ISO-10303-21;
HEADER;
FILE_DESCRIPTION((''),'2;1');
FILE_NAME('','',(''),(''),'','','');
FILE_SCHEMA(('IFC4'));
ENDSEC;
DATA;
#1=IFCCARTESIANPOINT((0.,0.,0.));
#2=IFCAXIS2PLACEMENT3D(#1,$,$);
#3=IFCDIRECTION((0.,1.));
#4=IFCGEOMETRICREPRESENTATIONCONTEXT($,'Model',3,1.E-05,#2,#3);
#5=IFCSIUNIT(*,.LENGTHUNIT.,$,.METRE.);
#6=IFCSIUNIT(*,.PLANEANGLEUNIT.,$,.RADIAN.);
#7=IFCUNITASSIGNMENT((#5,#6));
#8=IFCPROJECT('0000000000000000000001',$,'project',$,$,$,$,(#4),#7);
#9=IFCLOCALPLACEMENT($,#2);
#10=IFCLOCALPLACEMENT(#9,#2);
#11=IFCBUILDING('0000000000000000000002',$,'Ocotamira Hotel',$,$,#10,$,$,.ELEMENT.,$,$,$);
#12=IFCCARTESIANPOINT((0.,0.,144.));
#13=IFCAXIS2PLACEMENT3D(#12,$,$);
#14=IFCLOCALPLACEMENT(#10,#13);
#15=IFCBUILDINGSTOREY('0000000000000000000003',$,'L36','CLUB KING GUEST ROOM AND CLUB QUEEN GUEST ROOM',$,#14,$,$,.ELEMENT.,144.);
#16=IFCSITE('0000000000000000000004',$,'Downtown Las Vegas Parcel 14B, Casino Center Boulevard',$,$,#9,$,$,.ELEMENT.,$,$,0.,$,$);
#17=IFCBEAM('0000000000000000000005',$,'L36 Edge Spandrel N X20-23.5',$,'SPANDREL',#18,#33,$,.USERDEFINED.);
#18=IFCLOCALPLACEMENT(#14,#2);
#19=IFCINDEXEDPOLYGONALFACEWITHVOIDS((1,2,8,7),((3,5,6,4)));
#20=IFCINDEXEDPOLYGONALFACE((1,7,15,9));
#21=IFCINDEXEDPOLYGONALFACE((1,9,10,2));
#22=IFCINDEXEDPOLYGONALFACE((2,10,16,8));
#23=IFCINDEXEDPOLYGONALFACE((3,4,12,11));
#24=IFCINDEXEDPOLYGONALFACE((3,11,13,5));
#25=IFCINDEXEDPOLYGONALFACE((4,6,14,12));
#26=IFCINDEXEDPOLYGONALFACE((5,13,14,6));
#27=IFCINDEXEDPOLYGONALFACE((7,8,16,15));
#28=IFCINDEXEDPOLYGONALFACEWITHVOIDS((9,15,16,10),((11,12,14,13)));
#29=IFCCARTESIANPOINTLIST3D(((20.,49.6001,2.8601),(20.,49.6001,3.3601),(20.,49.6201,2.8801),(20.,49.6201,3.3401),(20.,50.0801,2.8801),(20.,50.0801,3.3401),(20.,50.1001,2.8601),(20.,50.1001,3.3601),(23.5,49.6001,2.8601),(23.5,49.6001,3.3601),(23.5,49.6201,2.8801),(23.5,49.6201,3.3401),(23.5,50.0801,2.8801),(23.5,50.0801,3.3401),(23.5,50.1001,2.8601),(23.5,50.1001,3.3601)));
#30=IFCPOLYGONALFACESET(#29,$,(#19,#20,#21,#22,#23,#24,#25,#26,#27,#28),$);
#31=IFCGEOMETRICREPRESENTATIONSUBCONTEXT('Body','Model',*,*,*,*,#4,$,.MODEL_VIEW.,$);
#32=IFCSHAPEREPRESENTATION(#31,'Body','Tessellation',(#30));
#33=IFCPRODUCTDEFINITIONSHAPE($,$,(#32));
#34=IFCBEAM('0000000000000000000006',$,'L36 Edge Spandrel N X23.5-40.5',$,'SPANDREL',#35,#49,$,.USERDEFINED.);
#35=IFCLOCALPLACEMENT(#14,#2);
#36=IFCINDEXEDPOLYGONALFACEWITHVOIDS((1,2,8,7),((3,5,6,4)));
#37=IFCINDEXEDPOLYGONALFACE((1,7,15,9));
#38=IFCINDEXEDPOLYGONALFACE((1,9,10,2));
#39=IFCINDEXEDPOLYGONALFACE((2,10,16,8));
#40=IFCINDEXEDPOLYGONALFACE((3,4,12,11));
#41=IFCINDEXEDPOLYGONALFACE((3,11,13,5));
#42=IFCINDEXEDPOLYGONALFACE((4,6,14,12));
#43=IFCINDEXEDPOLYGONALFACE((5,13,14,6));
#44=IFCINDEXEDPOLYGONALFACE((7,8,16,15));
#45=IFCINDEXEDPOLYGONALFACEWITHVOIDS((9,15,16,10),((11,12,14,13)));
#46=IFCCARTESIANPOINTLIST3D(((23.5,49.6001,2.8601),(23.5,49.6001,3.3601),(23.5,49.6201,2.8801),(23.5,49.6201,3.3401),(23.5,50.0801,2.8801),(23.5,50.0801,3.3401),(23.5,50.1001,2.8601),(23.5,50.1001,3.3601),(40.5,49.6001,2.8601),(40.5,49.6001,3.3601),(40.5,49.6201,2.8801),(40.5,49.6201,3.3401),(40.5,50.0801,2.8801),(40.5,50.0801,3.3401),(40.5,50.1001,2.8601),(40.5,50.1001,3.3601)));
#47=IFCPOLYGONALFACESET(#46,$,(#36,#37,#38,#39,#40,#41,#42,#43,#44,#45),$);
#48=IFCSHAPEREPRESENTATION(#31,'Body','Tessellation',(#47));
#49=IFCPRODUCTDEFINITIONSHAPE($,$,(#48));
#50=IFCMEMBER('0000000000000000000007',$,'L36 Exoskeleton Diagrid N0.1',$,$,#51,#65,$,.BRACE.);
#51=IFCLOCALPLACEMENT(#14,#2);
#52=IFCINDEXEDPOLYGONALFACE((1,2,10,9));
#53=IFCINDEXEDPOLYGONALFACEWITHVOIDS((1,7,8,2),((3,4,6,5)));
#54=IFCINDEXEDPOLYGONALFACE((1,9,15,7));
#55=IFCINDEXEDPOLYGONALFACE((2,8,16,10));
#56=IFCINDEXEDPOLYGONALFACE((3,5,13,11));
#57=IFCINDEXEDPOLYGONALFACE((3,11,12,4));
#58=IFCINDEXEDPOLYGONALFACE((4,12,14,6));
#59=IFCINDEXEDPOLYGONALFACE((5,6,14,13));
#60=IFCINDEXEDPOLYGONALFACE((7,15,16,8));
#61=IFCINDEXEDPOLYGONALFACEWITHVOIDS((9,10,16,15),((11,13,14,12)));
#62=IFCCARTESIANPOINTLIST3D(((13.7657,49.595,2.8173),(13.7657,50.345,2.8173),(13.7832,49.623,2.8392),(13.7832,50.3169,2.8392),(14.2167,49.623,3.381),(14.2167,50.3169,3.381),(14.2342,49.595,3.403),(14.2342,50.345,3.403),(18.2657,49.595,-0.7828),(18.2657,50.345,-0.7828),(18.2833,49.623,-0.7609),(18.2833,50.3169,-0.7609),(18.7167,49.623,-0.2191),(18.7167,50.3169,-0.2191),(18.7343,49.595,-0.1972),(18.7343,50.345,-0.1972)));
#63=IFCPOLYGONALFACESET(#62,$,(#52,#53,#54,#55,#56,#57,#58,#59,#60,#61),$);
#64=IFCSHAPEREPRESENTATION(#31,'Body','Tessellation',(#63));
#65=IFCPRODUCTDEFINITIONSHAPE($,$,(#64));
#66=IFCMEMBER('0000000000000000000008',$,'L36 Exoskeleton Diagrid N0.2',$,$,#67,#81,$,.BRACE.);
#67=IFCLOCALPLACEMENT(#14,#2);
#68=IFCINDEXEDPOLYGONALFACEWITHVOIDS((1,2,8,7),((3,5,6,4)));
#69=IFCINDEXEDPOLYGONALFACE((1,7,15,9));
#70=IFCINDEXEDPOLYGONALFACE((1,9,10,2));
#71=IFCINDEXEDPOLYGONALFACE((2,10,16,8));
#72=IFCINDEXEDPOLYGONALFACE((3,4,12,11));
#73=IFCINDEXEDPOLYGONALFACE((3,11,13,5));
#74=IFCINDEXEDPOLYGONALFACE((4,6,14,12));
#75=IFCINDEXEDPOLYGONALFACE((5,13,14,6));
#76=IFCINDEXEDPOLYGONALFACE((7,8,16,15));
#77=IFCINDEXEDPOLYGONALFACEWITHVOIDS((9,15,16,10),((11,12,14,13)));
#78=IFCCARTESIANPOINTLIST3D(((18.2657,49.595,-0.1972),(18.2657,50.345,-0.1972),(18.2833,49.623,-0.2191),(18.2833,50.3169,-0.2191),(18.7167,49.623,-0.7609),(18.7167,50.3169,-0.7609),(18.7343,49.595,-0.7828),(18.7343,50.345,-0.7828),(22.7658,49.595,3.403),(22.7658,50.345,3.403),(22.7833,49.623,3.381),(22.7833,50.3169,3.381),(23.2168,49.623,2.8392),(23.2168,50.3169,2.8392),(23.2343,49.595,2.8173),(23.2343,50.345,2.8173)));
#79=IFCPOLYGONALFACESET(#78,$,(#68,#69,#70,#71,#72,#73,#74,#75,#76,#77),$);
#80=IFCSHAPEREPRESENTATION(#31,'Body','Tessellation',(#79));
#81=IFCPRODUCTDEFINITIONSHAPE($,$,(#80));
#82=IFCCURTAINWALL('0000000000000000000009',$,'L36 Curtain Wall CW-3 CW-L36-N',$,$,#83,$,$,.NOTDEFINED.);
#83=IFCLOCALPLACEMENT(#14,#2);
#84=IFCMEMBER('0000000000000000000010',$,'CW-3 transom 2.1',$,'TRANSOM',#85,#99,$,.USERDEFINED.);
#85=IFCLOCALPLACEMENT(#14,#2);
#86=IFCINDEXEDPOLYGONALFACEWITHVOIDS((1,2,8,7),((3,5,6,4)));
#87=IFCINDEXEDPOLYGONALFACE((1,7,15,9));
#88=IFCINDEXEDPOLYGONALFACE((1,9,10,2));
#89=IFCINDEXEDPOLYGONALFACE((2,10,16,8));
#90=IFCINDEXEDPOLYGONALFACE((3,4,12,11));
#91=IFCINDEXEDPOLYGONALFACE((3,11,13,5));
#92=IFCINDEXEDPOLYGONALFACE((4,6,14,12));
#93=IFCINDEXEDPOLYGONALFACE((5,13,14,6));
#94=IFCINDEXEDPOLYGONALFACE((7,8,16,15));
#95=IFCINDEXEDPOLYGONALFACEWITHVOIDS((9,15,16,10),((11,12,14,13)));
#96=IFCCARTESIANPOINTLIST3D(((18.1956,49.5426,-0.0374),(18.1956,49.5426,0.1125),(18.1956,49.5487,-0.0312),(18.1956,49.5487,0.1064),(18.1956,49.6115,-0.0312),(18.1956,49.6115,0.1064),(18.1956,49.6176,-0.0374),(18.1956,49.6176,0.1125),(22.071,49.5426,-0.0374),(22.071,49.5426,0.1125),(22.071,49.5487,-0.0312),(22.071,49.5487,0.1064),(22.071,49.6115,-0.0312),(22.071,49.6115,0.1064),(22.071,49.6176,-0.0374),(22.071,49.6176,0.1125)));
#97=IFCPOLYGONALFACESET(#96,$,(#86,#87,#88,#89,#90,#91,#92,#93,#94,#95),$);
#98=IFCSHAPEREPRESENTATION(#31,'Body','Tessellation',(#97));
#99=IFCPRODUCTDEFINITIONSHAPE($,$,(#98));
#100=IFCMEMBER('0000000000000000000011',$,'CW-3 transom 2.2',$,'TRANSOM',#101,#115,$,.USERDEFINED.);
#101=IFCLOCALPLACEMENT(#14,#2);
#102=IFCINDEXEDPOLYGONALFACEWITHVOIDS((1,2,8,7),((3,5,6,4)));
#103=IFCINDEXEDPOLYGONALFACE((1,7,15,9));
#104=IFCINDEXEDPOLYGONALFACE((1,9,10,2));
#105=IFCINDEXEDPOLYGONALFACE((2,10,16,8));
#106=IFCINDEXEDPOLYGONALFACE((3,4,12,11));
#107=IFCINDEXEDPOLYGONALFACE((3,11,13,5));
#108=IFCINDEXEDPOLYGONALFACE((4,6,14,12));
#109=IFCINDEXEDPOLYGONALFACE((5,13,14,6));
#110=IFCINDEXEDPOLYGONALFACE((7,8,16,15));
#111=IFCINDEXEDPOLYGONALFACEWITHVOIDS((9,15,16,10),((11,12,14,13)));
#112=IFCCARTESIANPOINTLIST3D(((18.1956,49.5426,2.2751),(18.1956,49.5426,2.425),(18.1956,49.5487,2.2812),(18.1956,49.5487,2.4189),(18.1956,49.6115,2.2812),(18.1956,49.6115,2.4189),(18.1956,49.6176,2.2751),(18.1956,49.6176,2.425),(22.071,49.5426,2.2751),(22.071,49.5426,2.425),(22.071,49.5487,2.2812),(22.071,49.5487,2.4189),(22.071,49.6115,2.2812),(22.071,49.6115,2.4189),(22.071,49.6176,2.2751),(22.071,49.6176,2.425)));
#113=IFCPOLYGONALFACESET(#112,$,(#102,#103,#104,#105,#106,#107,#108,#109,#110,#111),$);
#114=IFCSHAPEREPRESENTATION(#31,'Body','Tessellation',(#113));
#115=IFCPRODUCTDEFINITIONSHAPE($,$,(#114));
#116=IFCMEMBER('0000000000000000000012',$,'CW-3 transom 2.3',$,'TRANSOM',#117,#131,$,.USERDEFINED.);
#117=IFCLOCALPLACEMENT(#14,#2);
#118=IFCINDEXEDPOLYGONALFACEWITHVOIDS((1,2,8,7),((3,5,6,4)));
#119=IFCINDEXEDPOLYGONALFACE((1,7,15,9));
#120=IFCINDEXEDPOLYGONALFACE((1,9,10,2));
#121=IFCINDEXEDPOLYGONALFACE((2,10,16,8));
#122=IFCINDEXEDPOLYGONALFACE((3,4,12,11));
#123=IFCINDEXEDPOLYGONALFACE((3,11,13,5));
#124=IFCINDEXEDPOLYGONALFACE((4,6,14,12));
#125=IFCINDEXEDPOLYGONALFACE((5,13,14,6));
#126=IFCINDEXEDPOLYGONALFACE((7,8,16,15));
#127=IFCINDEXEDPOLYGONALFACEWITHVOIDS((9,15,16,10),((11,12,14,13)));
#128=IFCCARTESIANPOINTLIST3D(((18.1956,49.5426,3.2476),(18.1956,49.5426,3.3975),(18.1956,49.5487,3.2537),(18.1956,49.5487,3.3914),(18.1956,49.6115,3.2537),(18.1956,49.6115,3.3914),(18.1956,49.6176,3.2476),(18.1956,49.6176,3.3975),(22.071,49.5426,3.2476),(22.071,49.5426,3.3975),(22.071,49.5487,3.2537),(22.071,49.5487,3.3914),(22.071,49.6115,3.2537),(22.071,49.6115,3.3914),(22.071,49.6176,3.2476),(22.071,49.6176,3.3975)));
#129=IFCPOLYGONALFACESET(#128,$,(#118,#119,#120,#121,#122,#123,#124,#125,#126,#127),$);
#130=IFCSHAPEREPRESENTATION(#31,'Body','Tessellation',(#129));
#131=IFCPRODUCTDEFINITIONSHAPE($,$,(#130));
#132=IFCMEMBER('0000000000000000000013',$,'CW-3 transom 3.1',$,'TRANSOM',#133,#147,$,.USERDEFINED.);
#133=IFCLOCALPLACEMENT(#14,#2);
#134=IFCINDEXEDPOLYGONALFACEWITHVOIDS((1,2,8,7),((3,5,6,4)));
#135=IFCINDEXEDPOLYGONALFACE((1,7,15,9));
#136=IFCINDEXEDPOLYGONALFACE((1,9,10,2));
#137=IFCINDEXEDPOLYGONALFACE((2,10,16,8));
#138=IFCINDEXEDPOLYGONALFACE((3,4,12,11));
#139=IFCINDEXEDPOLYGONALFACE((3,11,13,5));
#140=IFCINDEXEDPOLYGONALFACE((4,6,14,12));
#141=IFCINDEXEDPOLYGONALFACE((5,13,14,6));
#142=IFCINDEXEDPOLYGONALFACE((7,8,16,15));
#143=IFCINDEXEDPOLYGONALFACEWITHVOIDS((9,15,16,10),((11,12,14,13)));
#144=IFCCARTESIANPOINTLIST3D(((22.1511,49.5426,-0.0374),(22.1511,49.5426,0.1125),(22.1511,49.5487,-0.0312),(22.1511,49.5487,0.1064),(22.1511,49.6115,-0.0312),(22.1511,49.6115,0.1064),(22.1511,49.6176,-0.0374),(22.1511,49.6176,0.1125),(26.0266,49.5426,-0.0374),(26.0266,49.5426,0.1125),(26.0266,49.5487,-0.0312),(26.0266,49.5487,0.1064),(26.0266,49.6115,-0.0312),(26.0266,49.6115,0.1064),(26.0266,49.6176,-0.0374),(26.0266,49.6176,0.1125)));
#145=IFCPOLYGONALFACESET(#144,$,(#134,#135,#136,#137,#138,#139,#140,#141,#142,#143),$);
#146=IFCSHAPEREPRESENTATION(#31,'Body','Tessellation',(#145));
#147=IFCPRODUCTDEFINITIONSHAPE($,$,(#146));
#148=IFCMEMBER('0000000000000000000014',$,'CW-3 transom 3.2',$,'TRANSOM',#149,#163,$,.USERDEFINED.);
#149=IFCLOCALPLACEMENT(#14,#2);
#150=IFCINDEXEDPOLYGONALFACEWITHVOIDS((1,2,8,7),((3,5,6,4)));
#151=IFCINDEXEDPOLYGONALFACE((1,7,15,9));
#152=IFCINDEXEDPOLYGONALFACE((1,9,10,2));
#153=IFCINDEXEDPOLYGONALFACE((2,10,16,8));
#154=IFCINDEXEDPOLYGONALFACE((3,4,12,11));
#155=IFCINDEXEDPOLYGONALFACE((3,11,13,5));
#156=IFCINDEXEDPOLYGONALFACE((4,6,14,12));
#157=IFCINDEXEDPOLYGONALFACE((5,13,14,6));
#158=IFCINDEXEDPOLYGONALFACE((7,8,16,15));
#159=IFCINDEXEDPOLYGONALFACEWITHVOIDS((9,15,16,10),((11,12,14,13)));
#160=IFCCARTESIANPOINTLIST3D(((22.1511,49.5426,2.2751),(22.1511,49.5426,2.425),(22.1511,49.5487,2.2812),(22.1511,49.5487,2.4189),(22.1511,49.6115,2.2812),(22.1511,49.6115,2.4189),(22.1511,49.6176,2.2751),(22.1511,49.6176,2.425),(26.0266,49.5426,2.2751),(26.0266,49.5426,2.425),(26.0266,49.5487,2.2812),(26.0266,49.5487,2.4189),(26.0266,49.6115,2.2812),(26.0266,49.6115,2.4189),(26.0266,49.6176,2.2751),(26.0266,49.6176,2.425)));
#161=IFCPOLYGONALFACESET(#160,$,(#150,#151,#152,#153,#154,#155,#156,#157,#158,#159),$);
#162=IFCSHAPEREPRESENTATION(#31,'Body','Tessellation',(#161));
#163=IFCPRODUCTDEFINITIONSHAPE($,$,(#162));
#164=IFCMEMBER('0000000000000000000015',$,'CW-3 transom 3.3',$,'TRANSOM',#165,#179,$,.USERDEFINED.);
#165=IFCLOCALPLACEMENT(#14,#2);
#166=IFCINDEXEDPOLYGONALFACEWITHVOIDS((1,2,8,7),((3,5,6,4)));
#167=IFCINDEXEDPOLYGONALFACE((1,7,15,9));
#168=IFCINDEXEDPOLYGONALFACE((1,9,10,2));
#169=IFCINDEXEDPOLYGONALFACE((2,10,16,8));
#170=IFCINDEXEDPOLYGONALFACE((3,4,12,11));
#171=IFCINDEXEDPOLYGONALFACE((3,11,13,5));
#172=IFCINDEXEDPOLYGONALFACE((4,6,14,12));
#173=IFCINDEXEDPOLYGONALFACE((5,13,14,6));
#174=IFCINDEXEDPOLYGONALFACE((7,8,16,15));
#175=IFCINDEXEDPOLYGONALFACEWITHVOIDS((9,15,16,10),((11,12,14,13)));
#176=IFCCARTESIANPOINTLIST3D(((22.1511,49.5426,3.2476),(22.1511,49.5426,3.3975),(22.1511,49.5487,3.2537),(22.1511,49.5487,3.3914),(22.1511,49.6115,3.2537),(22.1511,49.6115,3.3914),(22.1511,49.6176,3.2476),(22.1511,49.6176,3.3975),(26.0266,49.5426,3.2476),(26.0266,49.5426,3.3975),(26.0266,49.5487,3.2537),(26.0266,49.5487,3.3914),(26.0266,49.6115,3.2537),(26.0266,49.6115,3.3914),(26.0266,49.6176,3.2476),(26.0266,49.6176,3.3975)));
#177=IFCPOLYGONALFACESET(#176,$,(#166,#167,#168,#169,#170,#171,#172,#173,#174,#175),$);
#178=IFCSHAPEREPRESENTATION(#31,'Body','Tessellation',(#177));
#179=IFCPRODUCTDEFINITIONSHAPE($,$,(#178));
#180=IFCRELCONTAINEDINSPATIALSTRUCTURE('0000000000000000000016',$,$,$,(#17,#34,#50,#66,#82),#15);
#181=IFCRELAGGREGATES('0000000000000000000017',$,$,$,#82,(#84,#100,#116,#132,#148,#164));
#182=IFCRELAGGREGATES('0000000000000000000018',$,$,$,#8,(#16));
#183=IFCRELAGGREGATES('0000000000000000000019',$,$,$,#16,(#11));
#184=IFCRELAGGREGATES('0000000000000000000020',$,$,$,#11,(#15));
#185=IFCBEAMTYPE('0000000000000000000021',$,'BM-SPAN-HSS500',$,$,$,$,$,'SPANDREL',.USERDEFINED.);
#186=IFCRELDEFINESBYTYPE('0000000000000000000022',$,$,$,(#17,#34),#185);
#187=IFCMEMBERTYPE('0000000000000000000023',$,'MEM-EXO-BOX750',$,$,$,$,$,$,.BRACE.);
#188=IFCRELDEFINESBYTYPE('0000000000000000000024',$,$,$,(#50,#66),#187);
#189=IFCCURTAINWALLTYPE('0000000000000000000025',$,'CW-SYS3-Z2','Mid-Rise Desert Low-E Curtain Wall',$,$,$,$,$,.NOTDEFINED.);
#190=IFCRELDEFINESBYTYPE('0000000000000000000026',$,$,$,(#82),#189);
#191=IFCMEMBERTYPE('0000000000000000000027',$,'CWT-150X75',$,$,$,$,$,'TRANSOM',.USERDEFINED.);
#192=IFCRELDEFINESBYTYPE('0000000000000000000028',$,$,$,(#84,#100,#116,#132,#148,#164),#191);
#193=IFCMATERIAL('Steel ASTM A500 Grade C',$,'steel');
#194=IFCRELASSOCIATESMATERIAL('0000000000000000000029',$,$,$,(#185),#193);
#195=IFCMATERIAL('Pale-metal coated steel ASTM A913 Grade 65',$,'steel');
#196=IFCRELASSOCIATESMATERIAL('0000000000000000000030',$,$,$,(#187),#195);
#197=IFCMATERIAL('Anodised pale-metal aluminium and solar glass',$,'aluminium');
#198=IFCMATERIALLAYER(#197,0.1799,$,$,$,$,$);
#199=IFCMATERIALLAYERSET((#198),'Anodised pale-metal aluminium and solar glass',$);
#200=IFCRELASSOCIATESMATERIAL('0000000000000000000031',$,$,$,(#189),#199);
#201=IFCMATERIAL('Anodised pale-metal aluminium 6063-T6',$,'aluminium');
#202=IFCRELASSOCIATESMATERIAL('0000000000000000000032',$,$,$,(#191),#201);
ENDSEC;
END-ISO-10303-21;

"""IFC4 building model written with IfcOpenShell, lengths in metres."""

from ifc_helpers import new_model, si_unit, direction, frame, origin, origin_2d, place, context, subcontext, project, spatial, hollow_rectangle, extrude, source, transform, mapped, material, layer, layer_set, material_profile, profile_set, type_object, element, aggregate, save


model = new_model("IFC4")

# Units and contexts
model_context = context("Model", 3, precision=1e-05, world=origin(), true_north=direction((0.0, 1.0)))
body_context = subcontext(model_context, "Body", "Model", "MODEL_VIEW")
ifc_project = project(units=[si_unit("LENGTHUNIT", "METRE"), si_unit("PLANEANGLEUNIT", "RADIAN")], contexts=[model_context])

# Site, building, storey
site_placement = place(None, origin())
site = spatial("IfcSite", under=ifc_project, at=site_placement, Name="Downtown Las Vegas Parcel 14B, Casino Center Boulevard", CompositionType="ELEMENT", RefElevation=0.0)
building_placement = place(site_placement, origin())
building = spatial("IfcBuilding", under=site, at=building_placement, Name="Ocotamira Hotel", CompositionType="ELEMENT")
storey_placement = place(building_placement, frame((0.0, 0.0, 144.0)))
storey = spatial("IfcBuildingStorey", under=building, at=storey_placement, Name="L36", Description="CLUB KING GUEST ROOM AND CLUB QUEEN GUEST ROOM", CompositionType="ELEMENT", Elevation=144.0)

# Beams
ifc_material_1 = material(Name="Steel ASTM A500 Grade C", Category="steel")
ifc_material_profile_1 = material_profile(ifc_material_1, hollow_rectangle(XDim=0.5, YDim=0.5, WallThickness=0.02, at=origin_2d()), Name="HSS500X500X20")
ifc_profile_set_1 = profile_set([ifc_material_profile_1], Name="Steel ASTM A500 Grade C")
beam_type_1 = type_object("IfcBeamType", Name="BM-SPAN-HSS500", ElementType="SPANDREL", PredefinedType="USERDEFINED", material=ifc_profile_set_1)
shared_shape_1 = source(origin(), body_context, "Body", "SweptSolid", [
    extrude(hollow_rectangle(XDim=0.5, YDim=0.5, WallThickness=0.02, at=origin_2d()), origin(), (0.0, 0.0, 1.0), 3.5),
])
beam_1_placement = place(storey_placement, frame((20.0, 49.8501, 3.1101), z_axis=(1.0, 0.0, 0.0), x_axis=(0.0, 1.0, 0.0)))
element("IfcBeam", 1, at=beam_1_placement, inside=storey, type_object=beam_type_1, Name="L36 Edge Spandrel N X20-23.5", ObjectType="SPANDREL", PredefinedType="USERDEFINED", context=body_context, shape_type="MappedRepresentation", body=[
    mapped(shared_shape_1, transform((0.0, 0.0, 0.0), scale=1.0)),
])
shared_shape_2 = source(origin(), body_context, "Body", "SweptSolid", [
    extrude(hollow_rectangle(XDim=0.5, YDim=0.5, WallThickness=0.02, at=origin_2d()), origin(), (0.0, 0.0, 1.0), 17.0),
])
beam_2_placement = place(storey_placement, frame((23.5, 49.8501, 3.1101), z_axis=(1.0, 0.0, 0.0), x_axis=(0.0, 1.0, 0.0)))
element("IfcBeam", 2, at=beam_2_placement, inside=storey, type_object=beam_type_1, Name="L36 Edge Spandrel N X23.5-40.5", ObjectType="SPANDREL", PredefinedType="USERDEFINED", context=body_context, shape_type="MappedRepresentation", body=[
    mapped(shared_shape_2, transform((0.0, 0.0, 0.0), scale=1.0)),
])

# Members
ifc_material_2 = material(Name="Pale-metal coated steel ASTM A913 Grade 65", Category="steel")
ifc_material_profile_2 = material_profile(ifc_material_2, hollow_rectangle(XDim=0.75, YDim=0.75, WallThickness=0.0281, at=origin_2d()), Name="BOX750X750X28")
ifc_profile_set_2 = profile_set([ifc_material_profile_2], Name="Pale-metal coated steel ASTM A913 Grade 65")
member_type_1 = type_object("IfcMemberType", Name="MEM-EXO-BOX750", PredefinedType="BRACE", material=ifc_profile_set_2)
shared_shape_3 = source(origin(), body_context, "Body", "SweptSolid", [
    extrude(hollow_rectangle(XDim=0.75, YDim=0.75, WallThickness=0.0281, at=origin_2d()), origin(), (0.0, 0.0, 1.0), 5.7629),
])
for number, where, z_axis, x_axis, name in (
    (3, (18.5, 49.97, -0.49), (-0.780861, 0.0, 0.624705), (0.0, -1.0, 0.0), "L36 Exoskeleton Diagrid N0.1"),
    (4, (18.5, 49.97, -0.49), (0.780861, 0.0, 0.624705), (0.0, 1.0, 0.0), "L36 Exoskeleton Diagrid N0.2"),
):
    element("IfcMember", number, at=place(storey_placement, frame(where, z_axis=z_axis, x_axis=x_axis)), inside=storey, type_object=member_type_1, Name=name, PredefinedType="BRACE", context=body_context, shape_type="MappedRepresentation", body=[
        mapped(shared_shape_3, transform((0.0, 0.0, 0.0), scale=1.0)),
    ])

# Curtain wall, members
ifc_material_3 = material(Name="Anodised pale-metal aluminium and solar glass", Category="aluminium")
ifc_layer_1 = layer(ifc_material_3, 0.1799)
ifc_layer_set_1 = layer_set([ifc_layer_1], Name="Anodised pale-metal aluminium and solar glass")
curtain_wall_type = type_object("IfcCurtainWallType", Name="CW-SYS3-Z2", Description="Mid-Rise Desert Low-E Curtain Wall", PredefinedType="NOTDEFINED", material=ifc_layer_set_1)
curtain_wall_placement = place(storey_placement, origin())
curtain_wall = element("IfcCurtainWall", 5, at=curtain_wall_placement, inside=storey, type_object=curtain_wall_type, Name="L36 Curtain Wall CW-3 CW-L36-N", PredefinedType="NOTDEFINED")
ifc_material_4 = material(Name="Anodised pale-metal aluminium 6063-T6", Category="aluminium")
ifc_material_profile_3 = material_profile(ifc_material_4, hollow_rectangle(XDim=0.075, YDim=0.1499, WallThickness=0.0061, at=origin_2d()), Name="HSS150X75X6")
ifc_profile_set_3 = profile_set([ifc_material_profile_3], Name="Anodised pale-metal aluminium 6063-T6")
member_type_2 = type_object("IfcMemberType", Name="CWT-150X75", ElementType="TRANSOM", PredefinedType="USERDEFINED", material=ifc_profile_set_3)
shared_shape_4 = source(origin(), body_context, "Body", "SweptSolid", [
    extrude(hollow_rectangle(XDim=0.075, YDim=0.1499, WallThickness=0.0061, at=origin_2d()), origin(), (0.0, 0.0, 1.0), 3.8755),
])
member_1_placement = place(storey_placement, frame((18.1956, 49.5801, 0.0376), z_axis=(1.0, 0.0, 0.0), x_axis=(0.0, 1.0, 0.0)))
member_1 = element("IfcMember", 6, at=member_1_placement, type_object=member_type_2, Name="CW-3 transom 2.1", ObjectType="TRANSOM", PredefinedType="USERDEFINED", context=body_context, shape_type="MappedRepresentation", body=[
    mapped(shared_shape_4, transform((0.0, 0.0, 0.0), scale=1.0)),
])
member_2_placement = place(storey_placement, frame((18.1956, 49.5801, 2.3501), z_axis=(1.0, 0.0, 0.0), x_axis=(0.0, 1.0, 0.0)))
member_2 = element("IfcMember", 7, at=member_2_placement, type_object=member_type_2, Name="CW-3 transom 2.2", ObjectType="TRANSOM", PredefinedType="USERDEFINED", context=body_context, shape_type="MappedRepresentation", body=[
    mapped(shared_shape_4, transform((0.0, 0.0, 0.0), scale=1.0)),
])
member_3_placement = place(storey_placement, frame((18.1956, 49.5801, 3.3225), z_axis=(1.0, 0.0, 0.0), x_axis=(0.0, 1.0, 0.0)))
member_3 = element("IfcMember", 8, at=member_3_placement, type_object=member_type_2, Name="CW-3 transom 2.3", ObjectType="TRANSOM", PredefinedType="USERDEFINED", context=body_context, shape_type="MappedRepresentation", body=[
    mapped(shared_shape_4, transform((0.0, 0.0, 0.0), scale=1.0)),
])
member_4_placement = place(storey_placement, frame((22.1511, 49.5801, 0.0376), z_axis=(1.0, 0.0, 0.0), x_axis=(0.0, 1.0, 0.0)))
member_4 = element("IfcMember", 9, at=member_4_placement, type_object=member_type_2, Name="CW-3 transom 3.1", ObjectType="TRANSOM", PredefinedType="USERDEFINED", context=body_context, shape_type="MappedRepresentation", body=[
    mapped(shared_shape_4, transform((0.0, 0.0, 0.0), scale=1.0)),
])
member_5_placement = place(storey_placement, frame((22.1511, 49.5801, 2.3501), z_axis=(1.0, 0.0, 0.0), x_axis=(0.0, 1.0, 0.0)))
member_5 = element("IfcMember", 10, at=member_5_placement, type_object=member_type_2, Name="CW-3 transom 3.2", ObjectType="TRANSOM", PredefinedType="USERDEFINED", context=body_context, shape_type="MappedRepresentation", body=[
    mapped(shared_shape_4, transform((0.0, 0.0, 0.0), scale=1.0)),
])
member_6_placement = place(storey_placement, frame((22.1511, 49.5801, 3.3225), z_axis=(1.0, 0.0, 0.0), x_axis=(0.0, 1.0, 0.0)))
member_6 = element("IfcMember", 11, at=member_6_placement, type_object=member_type_2, Name="CW-3 transom 3.3", ObjectType="TRANSOM", PredefinedType="USERDEFINED", context=body_context, shape_type="MappedRepresentation", body=[
    mapped(shared_shape_4, transform((0.0, 0.0, 0.0), scale=1.0)),
])

aggregate(curtain_wall, [member_1, member_2, member_3, member_4, member_5, member_6])

save(model, "model.ifc")
